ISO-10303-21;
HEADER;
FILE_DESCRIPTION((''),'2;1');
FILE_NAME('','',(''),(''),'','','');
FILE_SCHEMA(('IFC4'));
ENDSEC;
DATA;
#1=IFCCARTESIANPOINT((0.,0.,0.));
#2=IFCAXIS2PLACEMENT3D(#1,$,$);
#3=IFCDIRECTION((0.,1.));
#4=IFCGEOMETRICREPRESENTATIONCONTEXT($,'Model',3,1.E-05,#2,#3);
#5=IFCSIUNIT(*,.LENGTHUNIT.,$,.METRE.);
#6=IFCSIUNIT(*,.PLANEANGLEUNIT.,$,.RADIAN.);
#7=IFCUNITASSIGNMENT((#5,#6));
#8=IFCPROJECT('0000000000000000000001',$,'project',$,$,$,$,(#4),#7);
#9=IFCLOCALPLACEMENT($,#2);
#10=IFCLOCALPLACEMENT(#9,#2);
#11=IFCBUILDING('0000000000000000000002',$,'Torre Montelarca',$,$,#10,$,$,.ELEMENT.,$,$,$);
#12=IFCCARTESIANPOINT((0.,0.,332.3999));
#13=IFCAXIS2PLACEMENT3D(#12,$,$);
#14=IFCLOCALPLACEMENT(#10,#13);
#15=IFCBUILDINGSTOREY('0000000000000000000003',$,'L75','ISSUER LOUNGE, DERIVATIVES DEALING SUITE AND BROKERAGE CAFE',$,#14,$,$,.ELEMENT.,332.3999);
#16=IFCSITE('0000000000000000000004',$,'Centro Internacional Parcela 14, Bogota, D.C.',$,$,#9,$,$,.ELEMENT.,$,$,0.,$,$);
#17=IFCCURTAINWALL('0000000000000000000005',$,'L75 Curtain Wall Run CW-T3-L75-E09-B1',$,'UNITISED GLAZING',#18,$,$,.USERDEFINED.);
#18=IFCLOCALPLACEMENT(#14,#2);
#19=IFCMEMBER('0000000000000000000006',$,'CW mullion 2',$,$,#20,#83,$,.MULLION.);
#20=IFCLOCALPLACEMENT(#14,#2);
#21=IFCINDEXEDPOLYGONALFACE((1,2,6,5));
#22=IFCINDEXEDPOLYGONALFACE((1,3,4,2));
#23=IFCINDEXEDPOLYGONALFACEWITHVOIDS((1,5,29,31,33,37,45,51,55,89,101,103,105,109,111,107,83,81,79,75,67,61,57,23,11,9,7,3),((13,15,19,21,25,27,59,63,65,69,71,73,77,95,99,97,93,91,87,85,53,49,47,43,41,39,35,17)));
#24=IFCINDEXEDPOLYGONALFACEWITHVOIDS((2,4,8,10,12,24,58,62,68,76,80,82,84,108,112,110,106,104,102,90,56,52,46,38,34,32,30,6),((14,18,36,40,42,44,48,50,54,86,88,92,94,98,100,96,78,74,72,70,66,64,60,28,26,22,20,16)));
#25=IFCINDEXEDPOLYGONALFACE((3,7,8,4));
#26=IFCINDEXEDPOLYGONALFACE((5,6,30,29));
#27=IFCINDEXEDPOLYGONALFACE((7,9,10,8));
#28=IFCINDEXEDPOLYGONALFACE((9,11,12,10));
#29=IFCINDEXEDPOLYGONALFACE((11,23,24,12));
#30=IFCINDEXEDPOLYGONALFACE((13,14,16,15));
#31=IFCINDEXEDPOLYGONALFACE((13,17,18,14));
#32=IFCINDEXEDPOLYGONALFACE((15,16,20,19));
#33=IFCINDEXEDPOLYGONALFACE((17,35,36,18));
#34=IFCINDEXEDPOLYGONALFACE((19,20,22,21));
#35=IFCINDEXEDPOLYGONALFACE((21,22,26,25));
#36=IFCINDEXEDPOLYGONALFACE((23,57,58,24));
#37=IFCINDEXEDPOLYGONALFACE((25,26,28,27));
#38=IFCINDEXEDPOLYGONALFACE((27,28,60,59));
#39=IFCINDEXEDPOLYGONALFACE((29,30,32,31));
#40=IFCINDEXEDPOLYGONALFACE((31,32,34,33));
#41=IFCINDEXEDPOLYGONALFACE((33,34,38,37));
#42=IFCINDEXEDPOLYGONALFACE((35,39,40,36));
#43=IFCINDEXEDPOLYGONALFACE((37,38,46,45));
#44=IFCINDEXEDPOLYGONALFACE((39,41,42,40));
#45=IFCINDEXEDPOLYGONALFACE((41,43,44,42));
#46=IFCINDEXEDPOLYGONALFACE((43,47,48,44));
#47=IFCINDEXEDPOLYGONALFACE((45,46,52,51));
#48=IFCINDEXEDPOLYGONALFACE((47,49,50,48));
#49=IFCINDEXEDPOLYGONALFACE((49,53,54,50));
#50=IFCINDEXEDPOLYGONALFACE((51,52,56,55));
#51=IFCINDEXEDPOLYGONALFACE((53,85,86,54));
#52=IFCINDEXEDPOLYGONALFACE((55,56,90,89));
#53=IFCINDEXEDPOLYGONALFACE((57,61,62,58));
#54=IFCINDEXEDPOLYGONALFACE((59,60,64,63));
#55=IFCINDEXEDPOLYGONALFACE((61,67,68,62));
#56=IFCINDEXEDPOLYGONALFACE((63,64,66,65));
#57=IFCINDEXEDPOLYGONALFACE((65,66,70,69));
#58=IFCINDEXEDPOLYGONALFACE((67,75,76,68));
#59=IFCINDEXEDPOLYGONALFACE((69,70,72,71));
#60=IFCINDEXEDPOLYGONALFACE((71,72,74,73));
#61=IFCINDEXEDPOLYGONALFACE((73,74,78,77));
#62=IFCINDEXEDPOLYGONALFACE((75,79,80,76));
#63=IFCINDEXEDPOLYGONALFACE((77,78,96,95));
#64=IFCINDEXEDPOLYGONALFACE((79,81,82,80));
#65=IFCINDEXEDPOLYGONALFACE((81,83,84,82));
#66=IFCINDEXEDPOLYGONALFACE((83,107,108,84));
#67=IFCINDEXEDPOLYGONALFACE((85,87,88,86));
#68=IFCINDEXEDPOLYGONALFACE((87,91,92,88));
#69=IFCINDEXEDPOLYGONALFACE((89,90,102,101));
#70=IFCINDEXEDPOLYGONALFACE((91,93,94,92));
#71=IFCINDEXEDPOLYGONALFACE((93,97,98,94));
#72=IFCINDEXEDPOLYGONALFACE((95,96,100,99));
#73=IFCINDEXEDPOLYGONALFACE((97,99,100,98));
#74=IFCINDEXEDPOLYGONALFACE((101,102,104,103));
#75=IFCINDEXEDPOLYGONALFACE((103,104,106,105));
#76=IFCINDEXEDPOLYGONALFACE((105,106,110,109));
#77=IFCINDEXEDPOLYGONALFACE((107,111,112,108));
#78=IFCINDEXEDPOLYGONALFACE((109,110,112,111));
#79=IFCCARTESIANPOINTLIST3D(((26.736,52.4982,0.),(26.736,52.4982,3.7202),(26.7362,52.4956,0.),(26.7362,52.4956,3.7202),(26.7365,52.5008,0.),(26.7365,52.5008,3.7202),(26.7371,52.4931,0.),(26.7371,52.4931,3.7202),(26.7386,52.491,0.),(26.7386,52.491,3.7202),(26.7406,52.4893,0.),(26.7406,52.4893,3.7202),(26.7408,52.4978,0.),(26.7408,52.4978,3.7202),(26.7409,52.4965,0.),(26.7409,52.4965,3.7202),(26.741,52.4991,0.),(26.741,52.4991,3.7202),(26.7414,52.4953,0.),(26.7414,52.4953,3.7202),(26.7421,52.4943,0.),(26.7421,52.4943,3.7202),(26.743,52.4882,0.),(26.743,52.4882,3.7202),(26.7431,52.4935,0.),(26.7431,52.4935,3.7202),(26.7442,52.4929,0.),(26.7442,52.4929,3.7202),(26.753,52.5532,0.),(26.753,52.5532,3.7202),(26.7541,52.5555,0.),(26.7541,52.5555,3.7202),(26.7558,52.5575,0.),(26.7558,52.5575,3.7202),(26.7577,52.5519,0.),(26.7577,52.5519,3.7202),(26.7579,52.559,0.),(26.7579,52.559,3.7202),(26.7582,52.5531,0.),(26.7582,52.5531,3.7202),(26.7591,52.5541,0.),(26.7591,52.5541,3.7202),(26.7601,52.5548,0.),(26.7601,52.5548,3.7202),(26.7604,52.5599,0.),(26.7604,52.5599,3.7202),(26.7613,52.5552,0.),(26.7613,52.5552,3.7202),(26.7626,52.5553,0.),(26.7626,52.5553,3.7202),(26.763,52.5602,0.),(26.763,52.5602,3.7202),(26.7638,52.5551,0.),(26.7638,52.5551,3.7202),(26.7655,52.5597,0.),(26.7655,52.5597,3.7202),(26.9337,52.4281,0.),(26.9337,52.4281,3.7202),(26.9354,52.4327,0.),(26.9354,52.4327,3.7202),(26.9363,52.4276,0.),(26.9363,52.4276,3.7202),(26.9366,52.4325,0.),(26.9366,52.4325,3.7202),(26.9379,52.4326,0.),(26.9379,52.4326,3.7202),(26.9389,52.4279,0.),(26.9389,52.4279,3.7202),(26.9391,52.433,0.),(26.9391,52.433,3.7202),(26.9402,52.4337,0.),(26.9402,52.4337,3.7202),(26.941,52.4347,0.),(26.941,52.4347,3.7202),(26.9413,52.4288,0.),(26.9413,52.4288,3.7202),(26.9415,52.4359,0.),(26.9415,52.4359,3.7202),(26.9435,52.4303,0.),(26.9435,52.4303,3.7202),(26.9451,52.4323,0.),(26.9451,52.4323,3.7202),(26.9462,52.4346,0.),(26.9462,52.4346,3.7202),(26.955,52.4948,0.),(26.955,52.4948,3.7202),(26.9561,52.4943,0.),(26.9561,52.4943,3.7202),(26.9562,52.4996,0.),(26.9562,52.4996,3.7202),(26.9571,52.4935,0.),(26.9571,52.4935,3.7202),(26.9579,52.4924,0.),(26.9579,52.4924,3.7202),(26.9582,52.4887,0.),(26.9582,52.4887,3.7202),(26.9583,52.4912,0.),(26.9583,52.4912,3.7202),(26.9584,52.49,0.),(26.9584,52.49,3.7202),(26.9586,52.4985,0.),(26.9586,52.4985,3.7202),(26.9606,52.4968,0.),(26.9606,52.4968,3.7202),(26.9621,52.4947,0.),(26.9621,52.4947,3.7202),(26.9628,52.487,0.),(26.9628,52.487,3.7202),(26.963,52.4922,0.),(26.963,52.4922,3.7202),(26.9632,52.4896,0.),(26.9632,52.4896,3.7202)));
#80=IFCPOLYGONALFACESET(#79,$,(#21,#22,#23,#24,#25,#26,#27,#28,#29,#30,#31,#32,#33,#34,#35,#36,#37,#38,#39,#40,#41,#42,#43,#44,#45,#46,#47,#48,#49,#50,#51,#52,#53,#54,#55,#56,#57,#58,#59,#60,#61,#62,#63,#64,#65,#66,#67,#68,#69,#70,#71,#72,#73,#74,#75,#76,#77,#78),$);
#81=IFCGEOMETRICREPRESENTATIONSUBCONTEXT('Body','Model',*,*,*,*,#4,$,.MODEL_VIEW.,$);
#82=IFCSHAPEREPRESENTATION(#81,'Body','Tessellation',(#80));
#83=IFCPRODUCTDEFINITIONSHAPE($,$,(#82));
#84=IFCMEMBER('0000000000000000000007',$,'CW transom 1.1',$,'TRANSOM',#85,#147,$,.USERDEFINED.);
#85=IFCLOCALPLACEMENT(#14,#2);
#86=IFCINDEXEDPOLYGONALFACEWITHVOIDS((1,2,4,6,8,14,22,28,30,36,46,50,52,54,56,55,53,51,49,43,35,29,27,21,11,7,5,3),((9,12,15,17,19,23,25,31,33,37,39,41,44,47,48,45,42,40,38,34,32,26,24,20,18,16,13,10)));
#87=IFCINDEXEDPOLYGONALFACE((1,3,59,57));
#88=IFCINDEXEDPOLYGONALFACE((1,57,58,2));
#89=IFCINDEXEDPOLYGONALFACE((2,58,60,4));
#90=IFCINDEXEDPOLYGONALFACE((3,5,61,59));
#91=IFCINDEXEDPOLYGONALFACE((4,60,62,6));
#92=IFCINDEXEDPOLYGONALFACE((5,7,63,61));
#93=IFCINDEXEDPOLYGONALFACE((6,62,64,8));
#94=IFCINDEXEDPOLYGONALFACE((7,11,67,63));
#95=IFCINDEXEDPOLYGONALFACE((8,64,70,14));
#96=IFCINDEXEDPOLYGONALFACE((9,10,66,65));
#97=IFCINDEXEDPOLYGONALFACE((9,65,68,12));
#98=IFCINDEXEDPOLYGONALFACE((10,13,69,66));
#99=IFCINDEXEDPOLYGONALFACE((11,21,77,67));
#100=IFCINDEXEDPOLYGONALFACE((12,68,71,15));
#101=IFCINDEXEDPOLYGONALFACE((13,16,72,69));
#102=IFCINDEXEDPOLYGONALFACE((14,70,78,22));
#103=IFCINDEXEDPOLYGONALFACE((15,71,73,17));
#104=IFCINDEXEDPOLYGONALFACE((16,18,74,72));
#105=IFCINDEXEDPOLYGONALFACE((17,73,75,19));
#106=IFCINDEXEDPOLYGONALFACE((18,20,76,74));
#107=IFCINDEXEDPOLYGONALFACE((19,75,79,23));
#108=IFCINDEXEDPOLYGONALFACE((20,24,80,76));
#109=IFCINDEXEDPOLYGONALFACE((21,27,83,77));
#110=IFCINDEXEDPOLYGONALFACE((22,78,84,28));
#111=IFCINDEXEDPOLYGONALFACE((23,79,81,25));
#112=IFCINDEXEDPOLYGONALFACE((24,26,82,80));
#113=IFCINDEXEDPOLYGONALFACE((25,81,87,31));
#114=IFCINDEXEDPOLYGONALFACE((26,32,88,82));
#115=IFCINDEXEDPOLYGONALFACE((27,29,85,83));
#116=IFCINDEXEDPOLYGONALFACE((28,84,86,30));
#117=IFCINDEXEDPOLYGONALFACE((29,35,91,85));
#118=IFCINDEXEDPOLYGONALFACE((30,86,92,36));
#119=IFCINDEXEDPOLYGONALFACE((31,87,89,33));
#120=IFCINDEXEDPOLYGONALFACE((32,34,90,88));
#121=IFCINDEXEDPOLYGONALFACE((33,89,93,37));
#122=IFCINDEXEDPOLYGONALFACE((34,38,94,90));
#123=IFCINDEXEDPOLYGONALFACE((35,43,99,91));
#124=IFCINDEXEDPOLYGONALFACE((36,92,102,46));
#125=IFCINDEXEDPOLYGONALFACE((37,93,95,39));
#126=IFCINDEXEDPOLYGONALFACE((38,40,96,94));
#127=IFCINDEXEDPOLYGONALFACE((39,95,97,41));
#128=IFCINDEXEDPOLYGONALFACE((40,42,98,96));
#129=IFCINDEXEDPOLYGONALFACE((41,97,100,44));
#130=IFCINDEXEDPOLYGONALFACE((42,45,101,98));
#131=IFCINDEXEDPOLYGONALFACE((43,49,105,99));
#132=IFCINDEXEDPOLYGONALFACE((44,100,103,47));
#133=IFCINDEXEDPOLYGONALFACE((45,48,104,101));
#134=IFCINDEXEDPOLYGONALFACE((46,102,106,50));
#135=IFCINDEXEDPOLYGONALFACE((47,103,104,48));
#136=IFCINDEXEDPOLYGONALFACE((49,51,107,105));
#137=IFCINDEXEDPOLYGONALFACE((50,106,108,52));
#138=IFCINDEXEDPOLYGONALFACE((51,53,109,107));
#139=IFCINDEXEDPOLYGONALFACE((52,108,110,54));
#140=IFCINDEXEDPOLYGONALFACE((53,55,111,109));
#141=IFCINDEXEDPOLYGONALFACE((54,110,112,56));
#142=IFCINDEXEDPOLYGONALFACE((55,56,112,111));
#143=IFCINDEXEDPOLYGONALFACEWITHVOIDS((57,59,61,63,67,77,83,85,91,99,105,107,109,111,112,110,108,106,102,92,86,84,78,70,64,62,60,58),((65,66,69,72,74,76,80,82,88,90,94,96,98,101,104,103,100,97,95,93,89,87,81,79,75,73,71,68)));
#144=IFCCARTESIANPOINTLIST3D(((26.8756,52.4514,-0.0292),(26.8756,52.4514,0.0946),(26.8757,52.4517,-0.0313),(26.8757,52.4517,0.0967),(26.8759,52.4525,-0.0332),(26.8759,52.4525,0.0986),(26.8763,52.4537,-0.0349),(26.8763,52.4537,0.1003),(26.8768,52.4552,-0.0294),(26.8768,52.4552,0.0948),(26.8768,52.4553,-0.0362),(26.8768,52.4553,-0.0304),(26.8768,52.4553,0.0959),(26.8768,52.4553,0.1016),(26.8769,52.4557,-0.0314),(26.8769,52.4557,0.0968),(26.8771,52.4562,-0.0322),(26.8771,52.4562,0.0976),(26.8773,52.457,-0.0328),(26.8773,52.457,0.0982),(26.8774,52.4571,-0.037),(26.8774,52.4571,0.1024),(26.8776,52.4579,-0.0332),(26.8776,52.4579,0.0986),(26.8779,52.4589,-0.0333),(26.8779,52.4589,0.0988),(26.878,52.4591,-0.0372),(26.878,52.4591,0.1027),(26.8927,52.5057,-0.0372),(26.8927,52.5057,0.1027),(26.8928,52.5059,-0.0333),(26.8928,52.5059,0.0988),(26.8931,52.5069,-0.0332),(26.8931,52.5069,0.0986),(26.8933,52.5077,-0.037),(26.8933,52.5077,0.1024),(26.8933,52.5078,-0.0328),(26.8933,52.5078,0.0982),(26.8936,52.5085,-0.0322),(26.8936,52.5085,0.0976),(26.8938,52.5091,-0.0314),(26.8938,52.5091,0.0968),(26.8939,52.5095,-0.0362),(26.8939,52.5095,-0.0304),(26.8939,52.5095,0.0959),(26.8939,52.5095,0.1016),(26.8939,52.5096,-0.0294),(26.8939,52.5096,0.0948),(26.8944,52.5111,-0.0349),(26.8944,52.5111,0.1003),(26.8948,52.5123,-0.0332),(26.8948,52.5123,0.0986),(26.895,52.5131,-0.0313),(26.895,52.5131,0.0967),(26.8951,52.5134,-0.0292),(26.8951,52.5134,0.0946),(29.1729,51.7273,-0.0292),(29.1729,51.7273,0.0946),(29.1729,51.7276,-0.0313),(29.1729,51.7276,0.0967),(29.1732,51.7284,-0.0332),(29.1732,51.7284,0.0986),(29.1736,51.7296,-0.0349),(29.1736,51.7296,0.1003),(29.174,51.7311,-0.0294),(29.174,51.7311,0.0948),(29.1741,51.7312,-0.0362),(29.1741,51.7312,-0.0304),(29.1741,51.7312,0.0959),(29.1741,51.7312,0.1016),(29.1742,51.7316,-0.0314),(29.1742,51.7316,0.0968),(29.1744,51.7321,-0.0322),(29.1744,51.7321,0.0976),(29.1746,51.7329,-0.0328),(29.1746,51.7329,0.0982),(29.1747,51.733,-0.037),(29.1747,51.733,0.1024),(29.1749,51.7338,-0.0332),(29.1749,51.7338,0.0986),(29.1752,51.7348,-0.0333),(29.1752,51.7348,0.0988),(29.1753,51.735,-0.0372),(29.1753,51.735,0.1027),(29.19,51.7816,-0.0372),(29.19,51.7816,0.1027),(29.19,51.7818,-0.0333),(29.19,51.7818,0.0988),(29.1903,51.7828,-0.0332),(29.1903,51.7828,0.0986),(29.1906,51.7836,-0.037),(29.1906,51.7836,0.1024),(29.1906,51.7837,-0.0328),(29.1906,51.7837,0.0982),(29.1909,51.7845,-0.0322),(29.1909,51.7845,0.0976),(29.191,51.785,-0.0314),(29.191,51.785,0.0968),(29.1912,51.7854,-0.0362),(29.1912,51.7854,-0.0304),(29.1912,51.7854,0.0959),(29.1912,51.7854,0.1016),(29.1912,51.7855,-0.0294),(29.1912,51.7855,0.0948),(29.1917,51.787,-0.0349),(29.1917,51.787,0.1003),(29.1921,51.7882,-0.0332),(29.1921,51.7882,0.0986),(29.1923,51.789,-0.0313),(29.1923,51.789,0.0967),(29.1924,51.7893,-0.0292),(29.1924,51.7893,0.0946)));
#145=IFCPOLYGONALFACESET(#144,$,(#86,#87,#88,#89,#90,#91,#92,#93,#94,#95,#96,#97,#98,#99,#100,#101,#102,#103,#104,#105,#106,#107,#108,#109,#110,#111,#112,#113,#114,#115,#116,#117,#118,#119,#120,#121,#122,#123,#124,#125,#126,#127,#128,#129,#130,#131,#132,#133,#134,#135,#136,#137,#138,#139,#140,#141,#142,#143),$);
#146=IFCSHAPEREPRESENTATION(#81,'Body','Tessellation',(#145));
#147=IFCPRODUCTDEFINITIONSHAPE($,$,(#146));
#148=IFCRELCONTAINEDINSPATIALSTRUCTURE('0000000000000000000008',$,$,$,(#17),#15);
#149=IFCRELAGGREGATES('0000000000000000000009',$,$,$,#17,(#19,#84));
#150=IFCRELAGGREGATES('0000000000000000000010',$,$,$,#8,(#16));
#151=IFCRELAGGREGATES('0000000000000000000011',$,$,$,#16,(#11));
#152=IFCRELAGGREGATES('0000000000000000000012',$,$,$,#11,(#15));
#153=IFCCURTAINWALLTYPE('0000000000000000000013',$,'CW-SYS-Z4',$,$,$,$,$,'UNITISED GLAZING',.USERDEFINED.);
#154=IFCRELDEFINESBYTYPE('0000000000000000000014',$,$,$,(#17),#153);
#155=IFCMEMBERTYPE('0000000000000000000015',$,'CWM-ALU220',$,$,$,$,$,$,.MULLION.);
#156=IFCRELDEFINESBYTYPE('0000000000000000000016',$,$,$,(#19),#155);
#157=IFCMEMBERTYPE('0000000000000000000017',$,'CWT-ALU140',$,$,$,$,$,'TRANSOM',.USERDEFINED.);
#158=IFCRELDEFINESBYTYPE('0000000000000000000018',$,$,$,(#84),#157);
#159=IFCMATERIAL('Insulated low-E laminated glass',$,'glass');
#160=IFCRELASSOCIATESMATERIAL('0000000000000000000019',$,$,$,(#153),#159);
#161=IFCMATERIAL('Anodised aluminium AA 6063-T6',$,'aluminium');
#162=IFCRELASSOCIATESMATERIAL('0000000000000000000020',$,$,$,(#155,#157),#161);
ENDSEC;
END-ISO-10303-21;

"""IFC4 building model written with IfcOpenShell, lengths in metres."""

from ifc_helpers import new_model, si_unit, direction, frame, origin, origin_2d, place, context, subcontext, project, spatial, hollow_rectangle, extrude, source, transform, mapped, material, material_profile, profile_set, type_object, element, aggregate, save


model = new_model("IFC4")

# Units and contexts
model_context = context("Model", 3, precision=1e-05, world=origin(), true_north=direction((0.0, 1.0)))
body_context = subcontext(model_context, "Body", "Model", "MODEL_VIEW")
ifc_project = project(units=[si_unit("LENGTHUNIT", "METRE"), si_unit("PLANEANGLEUNIT", "RADIAN")], contexts=[model_context])

# Site, building, storey
site_placement = place(None, origin())
site = spatial("IfcSite", under=ifc_project, at=site_placement, Name="Centro Internacional Parcela 14, Bogota, D.C.", CompositionType="ELEMENT", RefElevation=0.0)
building_placement = place(site_placement, origin())
building = spatial("IfcBuilding", under=site, at=building_placement, Name="Torre Montelarca", CompositionType="ELEMENT")
storey_placement = place(building_placement, frame((0.0, 0.0, 332.3999)))
storey = spatial("IfcBuildingStorey", under=building, at=storey_placement, Name="L75", Description="ISSUER LOUNGE, DERIVATIVES DEALING SUITE AND BROKERAGE CAFE", CompositionType="ELEMENT", Elevation=332.3999)

# Curtain wall, members
ifc_material_1 = material(Name="Insulated low-E laminated glass", Category="glass")
curtain_wall_type = type_object("IfcCurtainWallType", Name="CW-SYS-Z4", ElementType="UNITISED GLAZING", PredefinedType="USERDEFINED", material=ifc_material_1)
ifc_material_2 = material(Name="Anodised aluminium AA 6063-T6", Category="aluminium")
ifc_material_profile_1 = material_profile(ifc_material_2, hollow_rectangle(XDim=0.075, YDim=0.22, WallThickness=0.0049, InnerFilletRadius=0.0049, OuterFilletRadius=0.01, at=origin_2d()), Name="ALU75X220X5", Category="aluminium")
ifc_profile_set_1 = profile_set([ifc_material_profile_1], Name="Anodised aluminium AA 6063-T6")
member_type_1 = type_object("IfcMemberType", Name="CWM-ALU220", PredefinedType="MULLION", material=ifc_profile_set_1)
shared_shape_1 = source(origin(), body_context, "Body", "SweptSolid", [
    extrude(hollow_rectangle(XDim=0.075, YDim=0.22, WallThickness=0.0049, InnerFilletRadius=0.0049, OuterFilletRadius=0.01, at=origin_2d()), origin(), (0.0, 0.0, 1.0), 3.7202),
])
curtain_wall_1_placement = place(storey_placement, origin())
curtain_wall_1 = element("IfcCurtainWall", 1, at=curtain_wall_1_placement, inside=storey, type_object=curtain_wall_type, Name="L75 Curtain Wall Run CW-T3-L75-E09-B1", ObjectType="UNITISED GLAZING", PredefinedType="USERDEFINED")
member_1_placement = place(storey_placement, frame((26.8496, 52.4939, 0.0), z_axis=(0.0, 0.0, 1.0), x_axis=(-0.300693, -0.953721, 0.0)))
member_1 = element("IfcMember", 2, at=member_1_placement, type_object=member_type_1, Name="CW mullion 2", PredefinedType="MULLION", context=body_context, shape_type="MappedRepresentation", body=[
    mapped(shared_shape_1, transform((0.0, 0.0, 0.0), scale=1.0)),
])
ifc_material_profile_2 = material_profile(ifc_material_2, hollow_rectangle(XDim=0.0649, YDim=0.1399, WallThickness=0.0039, InnerFilletRadius=0.0039, OuterFilletRadius=0.0081, at=origin_2d()), Name="ALU65X140X4", Category="aluminium")
ifc_profile_set_2 = profile_set([ifc_material_profile_2], Name="Anodised aluminium AA 6063-T6")
member_type_2 = type_object("IfcMemberType", Name="CWT-ALU140", ElementType="TRANSOM", PredefinedType="USERDEFINED", material=ifc_profile_set_2)
shared_shape_2 = source(origin(), body_context, "Body", "SweptSolid", [
    extrude(hollow_rectangle(XDim=0.0649, YDim=0.1399, WallThickness=0.0039, InnerFilletRadius=0.0039, OuterFilletRadius=0.0081, at=origin_2d()), origin(), (0.0, 0.0, 1.0), 2.4087),
])
member_2_placement = place(storey_placement, frame((29.1826, 51.7583, 0.0327), z_axis=(-0.953745, 0.300617, 0.0), x_axis=(-0.300617, -0.953745, 0.0)))
member_2 = element("IfcMember", 3, at=member_2_placement, type_object=member_type_2, Name="CW transom 1.1", ObjectType="TRANSOM", PredefinedType="USERDEFINED", context=body_context, shape_type="MappedRepresentation", body=[
    mapped(shared_shape_2, transform((0.0, 0.0, 0.0), scale=1.0)),
])

aggregate(curtain_wall_1, [member_1, member_2])

save(model, "model.ifc")
